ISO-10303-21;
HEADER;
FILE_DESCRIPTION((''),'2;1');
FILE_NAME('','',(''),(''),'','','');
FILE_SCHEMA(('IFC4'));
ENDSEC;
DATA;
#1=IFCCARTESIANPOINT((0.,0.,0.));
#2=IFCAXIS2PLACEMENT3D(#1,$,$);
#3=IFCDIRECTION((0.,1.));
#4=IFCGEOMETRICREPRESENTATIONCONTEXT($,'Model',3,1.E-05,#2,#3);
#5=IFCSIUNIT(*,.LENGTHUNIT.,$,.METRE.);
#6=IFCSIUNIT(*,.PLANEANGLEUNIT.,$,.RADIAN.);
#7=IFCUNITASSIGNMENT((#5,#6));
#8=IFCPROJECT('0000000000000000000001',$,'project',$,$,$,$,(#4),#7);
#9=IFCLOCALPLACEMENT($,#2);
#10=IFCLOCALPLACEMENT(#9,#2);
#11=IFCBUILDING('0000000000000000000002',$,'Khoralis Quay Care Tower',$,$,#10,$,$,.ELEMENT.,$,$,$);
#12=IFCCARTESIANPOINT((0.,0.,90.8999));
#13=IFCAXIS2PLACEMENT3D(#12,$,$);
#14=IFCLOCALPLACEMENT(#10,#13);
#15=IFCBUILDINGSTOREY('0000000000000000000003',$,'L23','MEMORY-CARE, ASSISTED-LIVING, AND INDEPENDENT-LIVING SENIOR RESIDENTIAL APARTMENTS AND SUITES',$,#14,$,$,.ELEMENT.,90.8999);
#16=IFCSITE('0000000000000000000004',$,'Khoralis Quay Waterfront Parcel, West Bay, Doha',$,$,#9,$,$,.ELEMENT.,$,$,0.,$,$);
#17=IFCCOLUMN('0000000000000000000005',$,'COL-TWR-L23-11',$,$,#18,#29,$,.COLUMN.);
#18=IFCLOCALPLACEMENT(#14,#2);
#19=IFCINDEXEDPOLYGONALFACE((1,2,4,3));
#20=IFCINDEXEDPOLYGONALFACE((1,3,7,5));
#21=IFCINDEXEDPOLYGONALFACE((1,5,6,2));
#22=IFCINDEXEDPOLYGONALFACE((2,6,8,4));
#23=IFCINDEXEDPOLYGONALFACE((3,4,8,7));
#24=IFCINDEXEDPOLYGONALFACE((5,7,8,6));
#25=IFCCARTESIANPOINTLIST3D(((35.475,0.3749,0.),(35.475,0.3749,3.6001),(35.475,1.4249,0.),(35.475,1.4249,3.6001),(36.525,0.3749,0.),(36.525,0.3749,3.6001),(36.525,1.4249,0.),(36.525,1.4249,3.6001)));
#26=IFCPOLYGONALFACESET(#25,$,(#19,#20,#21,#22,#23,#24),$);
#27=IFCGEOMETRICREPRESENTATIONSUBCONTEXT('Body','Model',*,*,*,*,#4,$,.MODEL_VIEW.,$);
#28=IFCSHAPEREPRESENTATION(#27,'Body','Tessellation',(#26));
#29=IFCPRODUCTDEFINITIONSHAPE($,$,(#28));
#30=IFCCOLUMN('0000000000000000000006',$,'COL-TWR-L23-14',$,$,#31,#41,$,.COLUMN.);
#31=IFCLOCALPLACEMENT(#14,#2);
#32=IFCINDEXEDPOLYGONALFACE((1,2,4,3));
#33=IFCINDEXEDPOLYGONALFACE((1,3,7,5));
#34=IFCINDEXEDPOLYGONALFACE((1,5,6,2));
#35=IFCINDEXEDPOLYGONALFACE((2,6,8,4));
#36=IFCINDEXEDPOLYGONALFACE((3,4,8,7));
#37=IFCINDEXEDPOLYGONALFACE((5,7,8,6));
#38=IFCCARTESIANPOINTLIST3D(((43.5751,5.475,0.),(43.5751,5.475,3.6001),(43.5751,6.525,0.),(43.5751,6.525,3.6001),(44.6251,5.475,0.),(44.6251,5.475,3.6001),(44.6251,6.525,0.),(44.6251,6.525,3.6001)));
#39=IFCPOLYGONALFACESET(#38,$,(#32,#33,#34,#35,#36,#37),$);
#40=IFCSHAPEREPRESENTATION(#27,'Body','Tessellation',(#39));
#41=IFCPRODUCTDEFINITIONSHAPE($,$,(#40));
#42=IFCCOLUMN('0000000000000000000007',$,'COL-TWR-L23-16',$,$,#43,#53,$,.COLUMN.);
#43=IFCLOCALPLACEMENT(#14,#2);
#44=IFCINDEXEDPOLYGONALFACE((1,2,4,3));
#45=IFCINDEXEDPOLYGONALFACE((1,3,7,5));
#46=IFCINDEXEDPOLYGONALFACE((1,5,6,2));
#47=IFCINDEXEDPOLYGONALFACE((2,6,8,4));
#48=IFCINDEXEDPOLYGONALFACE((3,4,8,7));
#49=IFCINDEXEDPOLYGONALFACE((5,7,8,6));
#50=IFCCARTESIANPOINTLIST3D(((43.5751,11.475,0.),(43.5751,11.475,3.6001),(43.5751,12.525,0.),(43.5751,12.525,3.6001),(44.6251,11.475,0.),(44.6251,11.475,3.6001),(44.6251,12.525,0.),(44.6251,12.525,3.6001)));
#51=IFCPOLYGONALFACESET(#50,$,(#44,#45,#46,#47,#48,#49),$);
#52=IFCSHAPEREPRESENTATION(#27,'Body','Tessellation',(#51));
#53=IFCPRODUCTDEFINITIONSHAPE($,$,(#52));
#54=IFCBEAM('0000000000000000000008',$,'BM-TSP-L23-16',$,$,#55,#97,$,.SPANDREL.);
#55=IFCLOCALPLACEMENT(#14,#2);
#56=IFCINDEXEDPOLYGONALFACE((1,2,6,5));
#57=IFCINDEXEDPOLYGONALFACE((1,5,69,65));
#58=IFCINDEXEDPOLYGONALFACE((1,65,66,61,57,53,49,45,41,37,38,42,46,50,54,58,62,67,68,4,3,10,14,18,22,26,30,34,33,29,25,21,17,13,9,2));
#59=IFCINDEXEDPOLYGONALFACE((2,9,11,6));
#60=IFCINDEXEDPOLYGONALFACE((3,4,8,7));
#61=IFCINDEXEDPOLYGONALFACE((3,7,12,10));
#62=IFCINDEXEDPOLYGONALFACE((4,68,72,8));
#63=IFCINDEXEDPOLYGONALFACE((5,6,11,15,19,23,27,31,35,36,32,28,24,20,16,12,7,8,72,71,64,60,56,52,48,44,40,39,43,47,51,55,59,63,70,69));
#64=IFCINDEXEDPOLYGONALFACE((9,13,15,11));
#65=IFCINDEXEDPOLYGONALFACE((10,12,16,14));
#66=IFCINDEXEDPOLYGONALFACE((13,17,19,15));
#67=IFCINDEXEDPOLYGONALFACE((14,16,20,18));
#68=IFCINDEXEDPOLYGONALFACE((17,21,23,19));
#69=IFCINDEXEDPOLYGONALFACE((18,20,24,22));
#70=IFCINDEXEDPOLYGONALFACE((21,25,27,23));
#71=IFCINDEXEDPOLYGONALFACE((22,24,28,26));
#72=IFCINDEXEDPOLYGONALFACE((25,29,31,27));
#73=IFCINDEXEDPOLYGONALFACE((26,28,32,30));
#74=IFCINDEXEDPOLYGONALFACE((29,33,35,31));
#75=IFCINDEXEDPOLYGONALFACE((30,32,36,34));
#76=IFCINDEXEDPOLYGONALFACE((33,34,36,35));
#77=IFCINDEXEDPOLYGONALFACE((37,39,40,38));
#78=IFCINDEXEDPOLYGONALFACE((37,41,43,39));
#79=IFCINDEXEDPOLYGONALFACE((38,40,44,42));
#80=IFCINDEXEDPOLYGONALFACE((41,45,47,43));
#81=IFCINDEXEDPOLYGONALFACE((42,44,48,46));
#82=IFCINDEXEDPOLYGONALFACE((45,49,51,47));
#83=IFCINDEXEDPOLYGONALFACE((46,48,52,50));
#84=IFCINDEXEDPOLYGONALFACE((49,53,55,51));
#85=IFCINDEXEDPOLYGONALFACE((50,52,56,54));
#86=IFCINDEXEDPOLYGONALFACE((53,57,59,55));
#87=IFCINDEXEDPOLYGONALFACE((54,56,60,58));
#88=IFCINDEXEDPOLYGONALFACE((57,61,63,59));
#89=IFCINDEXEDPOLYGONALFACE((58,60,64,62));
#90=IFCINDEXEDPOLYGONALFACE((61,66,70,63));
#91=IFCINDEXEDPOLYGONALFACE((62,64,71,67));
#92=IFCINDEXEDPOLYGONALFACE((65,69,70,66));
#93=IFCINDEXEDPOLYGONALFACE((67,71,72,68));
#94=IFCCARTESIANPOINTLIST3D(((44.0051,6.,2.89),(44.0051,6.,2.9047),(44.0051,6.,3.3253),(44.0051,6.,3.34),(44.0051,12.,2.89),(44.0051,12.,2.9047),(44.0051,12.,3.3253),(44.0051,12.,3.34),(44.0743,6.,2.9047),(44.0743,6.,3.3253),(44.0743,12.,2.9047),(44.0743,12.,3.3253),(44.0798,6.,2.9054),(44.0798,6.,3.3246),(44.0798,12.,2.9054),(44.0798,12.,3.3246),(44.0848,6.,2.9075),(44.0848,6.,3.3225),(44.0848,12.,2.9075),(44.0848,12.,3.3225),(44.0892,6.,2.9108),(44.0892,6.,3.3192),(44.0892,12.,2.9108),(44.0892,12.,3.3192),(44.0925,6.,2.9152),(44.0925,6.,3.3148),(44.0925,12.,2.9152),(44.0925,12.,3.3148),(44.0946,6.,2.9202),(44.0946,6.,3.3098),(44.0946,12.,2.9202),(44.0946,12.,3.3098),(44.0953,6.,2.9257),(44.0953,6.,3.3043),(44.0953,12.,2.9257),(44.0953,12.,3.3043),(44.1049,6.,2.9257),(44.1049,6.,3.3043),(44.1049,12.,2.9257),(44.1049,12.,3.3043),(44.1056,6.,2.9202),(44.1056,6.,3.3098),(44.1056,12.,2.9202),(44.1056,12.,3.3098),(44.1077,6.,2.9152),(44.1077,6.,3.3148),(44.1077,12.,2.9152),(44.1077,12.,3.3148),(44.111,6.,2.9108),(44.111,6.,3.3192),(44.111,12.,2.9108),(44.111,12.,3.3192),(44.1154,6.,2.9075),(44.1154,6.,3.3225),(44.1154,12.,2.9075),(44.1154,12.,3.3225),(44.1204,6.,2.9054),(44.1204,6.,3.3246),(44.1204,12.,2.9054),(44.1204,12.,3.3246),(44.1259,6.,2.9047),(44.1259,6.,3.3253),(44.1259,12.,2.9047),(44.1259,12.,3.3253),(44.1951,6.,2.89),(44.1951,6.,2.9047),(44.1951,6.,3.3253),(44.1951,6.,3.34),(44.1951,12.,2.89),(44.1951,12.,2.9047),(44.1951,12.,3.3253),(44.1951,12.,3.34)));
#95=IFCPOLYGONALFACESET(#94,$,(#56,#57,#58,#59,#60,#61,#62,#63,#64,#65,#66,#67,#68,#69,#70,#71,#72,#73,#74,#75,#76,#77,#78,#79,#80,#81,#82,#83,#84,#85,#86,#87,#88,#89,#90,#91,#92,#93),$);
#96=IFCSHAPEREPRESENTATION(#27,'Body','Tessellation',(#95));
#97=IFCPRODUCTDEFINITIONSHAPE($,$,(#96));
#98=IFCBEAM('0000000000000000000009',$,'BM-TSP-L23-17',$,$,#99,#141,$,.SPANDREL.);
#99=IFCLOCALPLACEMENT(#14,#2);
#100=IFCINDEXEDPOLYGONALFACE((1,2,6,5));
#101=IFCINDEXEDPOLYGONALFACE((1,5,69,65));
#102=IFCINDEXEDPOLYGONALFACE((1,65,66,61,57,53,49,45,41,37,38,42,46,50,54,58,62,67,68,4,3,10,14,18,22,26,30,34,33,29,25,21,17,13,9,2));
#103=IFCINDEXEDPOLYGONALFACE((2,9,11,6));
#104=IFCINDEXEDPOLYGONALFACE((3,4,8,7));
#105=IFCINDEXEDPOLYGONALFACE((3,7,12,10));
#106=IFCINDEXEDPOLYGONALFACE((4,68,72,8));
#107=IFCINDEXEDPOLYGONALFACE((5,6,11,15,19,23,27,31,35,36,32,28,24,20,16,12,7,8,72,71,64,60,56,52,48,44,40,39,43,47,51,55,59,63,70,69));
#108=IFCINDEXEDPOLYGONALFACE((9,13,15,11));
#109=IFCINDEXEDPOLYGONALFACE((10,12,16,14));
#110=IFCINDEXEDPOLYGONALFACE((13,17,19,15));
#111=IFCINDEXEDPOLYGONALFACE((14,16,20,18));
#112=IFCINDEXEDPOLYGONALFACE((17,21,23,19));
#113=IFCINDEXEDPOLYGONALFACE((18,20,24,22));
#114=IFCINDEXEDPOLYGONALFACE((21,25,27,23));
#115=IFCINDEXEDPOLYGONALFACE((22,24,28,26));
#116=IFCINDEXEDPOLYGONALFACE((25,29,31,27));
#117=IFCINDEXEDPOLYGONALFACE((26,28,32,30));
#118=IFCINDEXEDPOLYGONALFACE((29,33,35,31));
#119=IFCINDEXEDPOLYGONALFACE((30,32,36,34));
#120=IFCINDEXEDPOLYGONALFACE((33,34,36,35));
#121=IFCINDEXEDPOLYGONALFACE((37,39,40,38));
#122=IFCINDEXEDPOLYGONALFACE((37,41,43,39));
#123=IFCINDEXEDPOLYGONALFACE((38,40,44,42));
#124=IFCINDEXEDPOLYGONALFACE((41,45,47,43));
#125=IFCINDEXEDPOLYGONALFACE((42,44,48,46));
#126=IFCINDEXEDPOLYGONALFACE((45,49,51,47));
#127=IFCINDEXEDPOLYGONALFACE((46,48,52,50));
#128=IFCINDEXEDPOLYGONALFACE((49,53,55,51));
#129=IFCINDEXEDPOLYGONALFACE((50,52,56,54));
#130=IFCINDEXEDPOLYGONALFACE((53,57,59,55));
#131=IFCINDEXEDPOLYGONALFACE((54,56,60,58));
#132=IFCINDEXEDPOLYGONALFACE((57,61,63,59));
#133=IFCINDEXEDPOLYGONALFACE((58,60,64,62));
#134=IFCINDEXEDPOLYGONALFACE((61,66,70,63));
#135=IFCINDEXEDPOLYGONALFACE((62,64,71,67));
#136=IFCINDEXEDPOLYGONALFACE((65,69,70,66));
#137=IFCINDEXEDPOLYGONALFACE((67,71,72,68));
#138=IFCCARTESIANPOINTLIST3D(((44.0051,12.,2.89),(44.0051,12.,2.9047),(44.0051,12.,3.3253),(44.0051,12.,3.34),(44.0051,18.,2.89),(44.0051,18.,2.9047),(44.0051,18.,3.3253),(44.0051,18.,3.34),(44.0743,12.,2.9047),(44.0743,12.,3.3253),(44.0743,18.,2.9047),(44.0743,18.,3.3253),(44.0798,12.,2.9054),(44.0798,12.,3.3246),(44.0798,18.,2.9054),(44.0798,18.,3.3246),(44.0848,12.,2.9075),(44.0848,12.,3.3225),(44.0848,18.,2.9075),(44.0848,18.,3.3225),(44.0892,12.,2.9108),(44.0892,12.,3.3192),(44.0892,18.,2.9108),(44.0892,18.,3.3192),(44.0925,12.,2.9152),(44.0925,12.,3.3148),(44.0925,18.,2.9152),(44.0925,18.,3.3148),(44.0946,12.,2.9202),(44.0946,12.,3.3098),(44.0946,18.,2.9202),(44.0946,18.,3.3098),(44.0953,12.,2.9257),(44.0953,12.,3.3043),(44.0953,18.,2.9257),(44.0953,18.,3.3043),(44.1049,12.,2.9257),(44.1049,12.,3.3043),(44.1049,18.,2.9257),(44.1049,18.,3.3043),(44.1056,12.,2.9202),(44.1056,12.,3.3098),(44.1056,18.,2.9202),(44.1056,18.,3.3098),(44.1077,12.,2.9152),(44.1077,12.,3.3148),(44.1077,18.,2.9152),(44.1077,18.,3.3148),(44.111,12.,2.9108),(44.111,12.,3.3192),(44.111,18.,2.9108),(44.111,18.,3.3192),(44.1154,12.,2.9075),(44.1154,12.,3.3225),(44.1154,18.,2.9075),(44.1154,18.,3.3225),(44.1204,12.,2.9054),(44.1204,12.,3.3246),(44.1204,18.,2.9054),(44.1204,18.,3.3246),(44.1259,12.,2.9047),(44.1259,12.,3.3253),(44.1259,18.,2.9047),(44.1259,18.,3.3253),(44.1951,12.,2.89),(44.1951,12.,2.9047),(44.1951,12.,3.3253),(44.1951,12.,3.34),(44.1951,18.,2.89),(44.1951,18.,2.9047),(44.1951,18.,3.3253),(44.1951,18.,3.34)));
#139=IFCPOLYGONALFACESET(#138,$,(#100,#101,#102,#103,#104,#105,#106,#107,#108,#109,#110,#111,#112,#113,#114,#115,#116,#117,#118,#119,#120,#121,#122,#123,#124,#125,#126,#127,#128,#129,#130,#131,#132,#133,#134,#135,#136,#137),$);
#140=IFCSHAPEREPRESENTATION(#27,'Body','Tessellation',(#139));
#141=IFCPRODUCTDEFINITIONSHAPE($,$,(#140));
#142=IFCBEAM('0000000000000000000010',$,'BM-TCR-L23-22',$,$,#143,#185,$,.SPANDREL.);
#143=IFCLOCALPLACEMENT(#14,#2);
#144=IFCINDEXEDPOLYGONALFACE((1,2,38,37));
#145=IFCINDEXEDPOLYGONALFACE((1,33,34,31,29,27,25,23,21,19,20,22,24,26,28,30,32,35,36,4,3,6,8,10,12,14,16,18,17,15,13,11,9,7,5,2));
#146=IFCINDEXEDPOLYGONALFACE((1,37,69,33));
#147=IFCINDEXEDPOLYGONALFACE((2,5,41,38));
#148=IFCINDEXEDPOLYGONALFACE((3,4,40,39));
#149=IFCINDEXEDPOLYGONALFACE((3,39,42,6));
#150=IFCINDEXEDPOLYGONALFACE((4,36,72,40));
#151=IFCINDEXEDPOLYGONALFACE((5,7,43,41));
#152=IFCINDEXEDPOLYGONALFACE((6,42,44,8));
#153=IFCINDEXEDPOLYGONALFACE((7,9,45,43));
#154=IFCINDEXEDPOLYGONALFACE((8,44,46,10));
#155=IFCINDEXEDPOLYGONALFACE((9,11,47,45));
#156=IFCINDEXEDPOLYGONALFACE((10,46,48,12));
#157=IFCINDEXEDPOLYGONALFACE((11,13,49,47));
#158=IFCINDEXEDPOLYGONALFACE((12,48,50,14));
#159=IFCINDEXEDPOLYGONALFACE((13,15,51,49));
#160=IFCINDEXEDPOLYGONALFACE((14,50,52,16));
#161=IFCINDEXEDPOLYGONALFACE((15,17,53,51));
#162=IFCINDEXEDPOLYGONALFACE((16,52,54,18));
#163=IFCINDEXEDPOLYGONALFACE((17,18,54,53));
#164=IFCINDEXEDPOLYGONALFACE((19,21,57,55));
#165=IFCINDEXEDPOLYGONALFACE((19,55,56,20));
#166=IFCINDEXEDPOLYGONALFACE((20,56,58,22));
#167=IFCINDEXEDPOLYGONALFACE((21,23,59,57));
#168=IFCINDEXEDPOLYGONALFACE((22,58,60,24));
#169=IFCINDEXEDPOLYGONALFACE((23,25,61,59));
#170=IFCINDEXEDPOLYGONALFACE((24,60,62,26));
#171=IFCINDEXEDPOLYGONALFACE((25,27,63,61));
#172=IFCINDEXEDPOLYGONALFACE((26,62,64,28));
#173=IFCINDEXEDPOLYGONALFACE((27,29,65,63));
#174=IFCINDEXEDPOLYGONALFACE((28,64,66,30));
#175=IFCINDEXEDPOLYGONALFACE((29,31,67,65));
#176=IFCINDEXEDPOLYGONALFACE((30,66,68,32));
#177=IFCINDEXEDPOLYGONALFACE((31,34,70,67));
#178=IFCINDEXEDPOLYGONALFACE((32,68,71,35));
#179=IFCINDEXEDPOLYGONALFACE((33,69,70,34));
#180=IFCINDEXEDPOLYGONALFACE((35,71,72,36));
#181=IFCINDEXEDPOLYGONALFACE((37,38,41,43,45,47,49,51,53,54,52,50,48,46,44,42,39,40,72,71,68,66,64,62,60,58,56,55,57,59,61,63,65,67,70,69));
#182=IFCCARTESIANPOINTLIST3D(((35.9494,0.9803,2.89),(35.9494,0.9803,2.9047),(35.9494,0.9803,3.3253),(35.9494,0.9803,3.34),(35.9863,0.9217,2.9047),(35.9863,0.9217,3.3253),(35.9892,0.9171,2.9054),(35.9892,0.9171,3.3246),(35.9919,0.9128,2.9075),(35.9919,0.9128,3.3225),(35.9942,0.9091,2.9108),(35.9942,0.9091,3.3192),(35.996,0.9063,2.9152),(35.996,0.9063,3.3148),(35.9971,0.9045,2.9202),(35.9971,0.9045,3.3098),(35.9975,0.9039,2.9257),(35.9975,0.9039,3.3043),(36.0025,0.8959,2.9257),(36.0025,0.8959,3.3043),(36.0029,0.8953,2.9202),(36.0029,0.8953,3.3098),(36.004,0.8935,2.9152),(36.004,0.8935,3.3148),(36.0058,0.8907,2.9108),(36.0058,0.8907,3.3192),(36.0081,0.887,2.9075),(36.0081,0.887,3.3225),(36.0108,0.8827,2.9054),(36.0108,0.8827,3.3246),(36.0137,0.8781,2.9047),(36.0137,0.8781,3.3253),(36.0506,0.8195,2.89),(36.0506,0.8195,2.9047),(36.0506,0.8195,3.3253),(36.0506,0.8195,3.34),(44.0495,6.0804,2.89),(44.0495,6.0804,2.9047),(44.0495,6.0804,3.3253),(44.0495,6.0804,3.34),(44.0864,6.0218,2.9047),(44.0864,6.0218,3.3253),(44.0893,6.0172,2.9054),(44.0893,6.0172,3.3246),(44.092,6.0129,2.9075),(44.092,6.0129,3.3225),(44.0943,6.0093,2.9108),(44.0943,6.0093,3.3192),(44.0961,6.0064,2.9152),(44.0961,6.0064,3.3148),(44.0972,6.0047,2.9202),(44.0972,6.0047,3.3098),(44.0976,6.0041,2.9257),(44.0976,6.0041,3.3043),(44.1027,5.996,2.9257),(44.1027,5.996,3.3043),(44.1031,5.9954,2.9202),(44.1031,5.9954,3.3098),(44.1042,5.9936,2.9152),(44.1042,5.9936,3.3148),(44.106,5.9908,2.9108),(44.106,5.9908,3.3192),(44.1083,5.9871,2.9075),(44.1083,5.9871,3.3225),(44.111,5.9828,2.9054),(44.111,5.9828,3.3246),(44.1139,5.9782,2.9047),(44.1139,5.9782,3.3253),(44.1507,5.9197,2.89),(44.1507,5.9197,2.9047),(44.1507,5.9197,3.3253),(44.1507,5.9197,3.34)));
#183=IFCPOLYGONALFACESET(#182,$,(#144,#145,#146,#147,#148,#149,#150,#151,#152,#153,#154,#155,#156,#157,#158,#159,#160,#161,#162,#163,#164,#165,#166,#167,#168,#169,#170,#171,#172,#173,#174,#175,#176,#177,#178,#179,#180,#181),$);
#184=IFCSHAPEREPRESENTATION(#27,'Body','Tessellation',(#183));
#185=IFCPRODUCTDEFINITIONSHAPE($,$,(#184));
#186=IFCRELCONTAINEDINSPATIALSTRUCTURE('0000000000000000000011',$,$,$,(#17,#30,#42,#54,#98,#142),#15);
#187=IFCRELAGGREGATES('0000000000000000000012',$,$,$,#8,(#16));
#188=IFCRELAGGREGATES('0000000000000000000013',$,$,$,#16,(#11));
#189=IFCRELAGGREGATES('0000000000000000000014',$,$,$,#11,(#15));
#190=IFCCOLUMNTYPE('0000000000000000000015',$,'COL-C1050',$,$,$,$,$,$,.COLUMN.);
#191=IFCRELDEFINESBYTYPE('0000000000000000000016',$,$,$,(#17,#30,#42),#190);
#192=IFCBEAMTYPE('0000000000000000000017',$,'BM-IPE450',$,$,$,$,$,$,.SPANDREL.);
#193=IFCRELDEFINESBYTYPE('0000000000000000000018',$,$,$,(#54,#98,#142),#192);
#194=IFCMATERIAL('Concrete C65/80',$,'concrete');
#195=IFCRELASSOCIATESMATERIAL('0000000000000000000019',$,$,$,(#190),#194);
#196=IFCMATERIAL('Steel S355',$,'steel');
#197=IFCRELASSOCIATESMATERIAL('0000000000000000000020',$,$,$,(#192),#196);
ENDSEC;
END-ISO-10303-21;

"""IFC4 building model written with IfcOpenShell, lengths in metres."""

from ifc_helpers import new_model, si_unit, direction, frame, origin, origin_2d, place, context, subcontext, project, spatial, rectangle, i_section, extrude, source, transform, mapped, material, material_profile, profile_set, type_object, element, save


model = new_model("IFC4")

# Units and contexts
model_context = context("Model", 3, precision=1e-05, world=origin(), true_north=direction((0.0, 1.0)))
body_context = subcontext(model_context, "Body", "Model", "MODEL_VIEW")
ifc_project = project(units=[si_unit("LENGTHUNIT", "METRE"), si_unit("PLANEANGLEUNIT", "RADIAN")], contexts=[model_context])

# Site, building, storey
site_placement = place(None, origin())
site = spatial("IfcSite", under=ifc_project, at=site_placement, Name="Khoralis Quay Waterfront Parcel, West Bay, Doha", CompositionType="ELEMENT", RefElevation=0.0)
building_placement = place(site_placement, origin())
building = spatial("IfcBuilding", under=site, at=building_placement, Name="Khoralis Quay Care Tower", CompositionType="ELEMENT")
storey_placement = place(building_placement, frame((0.0, 0.0, 90.8999)))
storey = spatial("IfcBuildingStorey", under=building, at=storey_placement, Name="L23", Description="MEMORY-CARE, ASSISTED-LIVING, AND INDEPENDENT-LIVING SENIOR RESIDENTIAL APARTMENTS AND SUITES", CompositionType="ELEMENT", Elevation=90.8999)

# Columns
ifc_material_1 = material(Name="Concrete C65/80", Category="concrete")
ifc_material_profile_1 = material_profile(ifc_material_1, rectangle(XDim=1.05, YDim=1.05, at=origin_2d()), Name="Concrete C65/80")
ifc_profile_set_1 = profile_set([ifc_material_profile_1], Name="Concrete C65/80")
column_type = type_object("IfcColumnType", Name="COL-C1050", PredefinedType="COLUMN", material=ifc_profile_set_1)
shared_shape_1 = source(origin(), body_context, "Body", "SweptSolid", [
    extrude(rectangle(XDim=1.05, YDim=1.05, at=origin_2d()), origin(), (0.0, 0.0, 1.0), 3.6001),
])
for number, where, z_axis, x_axis, name in (
    (1, (36.0, 0.8999, 0.0), (0.0, 0.0, 1.0), (1.0, 0.0, 0.0), "COL-TWR-L23-11"),
    (2, (44.1001, 6.0, 0.0), (0.0, 0.0, 1.0), (1.0, 0.0, 0.0), "COL-TWR-L23-14"),
    (3, (44.1001, 12.0, 0.0), (0.0, 0.0, 1.0), (1.0, 0.0, 0.0), "COL-TWR-L23-16"),
):
    element("IfcColumn", number, at=place(storey_placement, frame(where, z_axis=z_axis, x_axis=x_axis)), inside=storey, type_object=column_type, Name=name, PredefinedType="COLUMN", context=body_context, shape_type="MappedRepresentation", body=[
        mapped(shared_shape_1, transform((0.0, 0.0, 0.0), scale=1.0)),
    ])

# Beams
ifc_material_2 = material(Name="Steel S355", Category="steel")
ifc_material_profile_2 = material_profile(ifc_material_2, i_section(OverallWidth=0.1899, OverallDepth=0.45, WebThickness=0.0095, FlangeThickness=0.0146, FilletRadius=0.021, at=origin_2d()), Name="Steel S355")
ifc_profile_set_2 = profile_set([ifc_material_profile_2], Name="Steel S355")
beam_type_1 = type_object("IfcBeamType", Name="BM-IPE450", PredefinedType="SPANDREL", material=ifc_profile_set_2)
shared_shape_2 = source(origin(), body_context, "Body", "SweptSolid", [
    extrude(i_section(OverallWidth=0.1899, OverallDepth=0.45, WebThickness=0.0095, FlangeThickness=0.0146, FilletRadius=0.021, at=origin_2d()), origin(), (0.0, 0.0, 1.0), 6.0),
])
for number, where, z_axis, x_axis, name in (
    (4, (44.1001, 6.0, 3.115), (0.0, 1.0, 0.0), (-1.0, 0.0, 0.0), "BM-TSP-L23-16"),
    (5, (44.1001, 12.0, 3.115), (0.0, 1.0, 0.0), (-1.0, 0.0, 0.0), "BM-TSP-L23-17"),
):
    element("IfcBeam", number, at=place(storey_placement, frame(where, z_axis=z_axis, x_axis=x_axis)), inside=storey, type_object=beam_type_1, Name=name, PredefinedType="SPANDREL", context=body_context, shape_type="MappedRepresentation", body=[
        mapped(shared_shape_2, transform((0.0, 0.0, 0.0), scale=1.0)),
    ])
shared_shape_3 = source(origin(), body_context, "Body", "SweptSolid", [
    extrude(i_section(OverallWidth=0.1899, OverallDepth=0.45, WebThickness=0.0095, FlangeThickness=0.0146, FilletRadius=0.021, at=origin_2d()), origin(), (0.0, 0.0, 1.0), 9.572),
])
beam_1_placement = place(storey_placement, frame((36.0, 0.8999, 3.115), z_axis=(0.846231, 0.532816, 0.0), x_axis=(-0.532816, 0.846231, 0.0)))
element("IfcBeam", 6, at=beam_1_placement, inside=storey, type_object=beam_type_1, Name="BM-TCR-L23-22", PredefinedType="SPANDREL", context=body_context, shape_type="MappedRepresentation", body=[
    mapped(shared_shape_3, transform((0.0, 0.0, 0.0), scale=1.0)),
])

save(model, "model.ifc")
